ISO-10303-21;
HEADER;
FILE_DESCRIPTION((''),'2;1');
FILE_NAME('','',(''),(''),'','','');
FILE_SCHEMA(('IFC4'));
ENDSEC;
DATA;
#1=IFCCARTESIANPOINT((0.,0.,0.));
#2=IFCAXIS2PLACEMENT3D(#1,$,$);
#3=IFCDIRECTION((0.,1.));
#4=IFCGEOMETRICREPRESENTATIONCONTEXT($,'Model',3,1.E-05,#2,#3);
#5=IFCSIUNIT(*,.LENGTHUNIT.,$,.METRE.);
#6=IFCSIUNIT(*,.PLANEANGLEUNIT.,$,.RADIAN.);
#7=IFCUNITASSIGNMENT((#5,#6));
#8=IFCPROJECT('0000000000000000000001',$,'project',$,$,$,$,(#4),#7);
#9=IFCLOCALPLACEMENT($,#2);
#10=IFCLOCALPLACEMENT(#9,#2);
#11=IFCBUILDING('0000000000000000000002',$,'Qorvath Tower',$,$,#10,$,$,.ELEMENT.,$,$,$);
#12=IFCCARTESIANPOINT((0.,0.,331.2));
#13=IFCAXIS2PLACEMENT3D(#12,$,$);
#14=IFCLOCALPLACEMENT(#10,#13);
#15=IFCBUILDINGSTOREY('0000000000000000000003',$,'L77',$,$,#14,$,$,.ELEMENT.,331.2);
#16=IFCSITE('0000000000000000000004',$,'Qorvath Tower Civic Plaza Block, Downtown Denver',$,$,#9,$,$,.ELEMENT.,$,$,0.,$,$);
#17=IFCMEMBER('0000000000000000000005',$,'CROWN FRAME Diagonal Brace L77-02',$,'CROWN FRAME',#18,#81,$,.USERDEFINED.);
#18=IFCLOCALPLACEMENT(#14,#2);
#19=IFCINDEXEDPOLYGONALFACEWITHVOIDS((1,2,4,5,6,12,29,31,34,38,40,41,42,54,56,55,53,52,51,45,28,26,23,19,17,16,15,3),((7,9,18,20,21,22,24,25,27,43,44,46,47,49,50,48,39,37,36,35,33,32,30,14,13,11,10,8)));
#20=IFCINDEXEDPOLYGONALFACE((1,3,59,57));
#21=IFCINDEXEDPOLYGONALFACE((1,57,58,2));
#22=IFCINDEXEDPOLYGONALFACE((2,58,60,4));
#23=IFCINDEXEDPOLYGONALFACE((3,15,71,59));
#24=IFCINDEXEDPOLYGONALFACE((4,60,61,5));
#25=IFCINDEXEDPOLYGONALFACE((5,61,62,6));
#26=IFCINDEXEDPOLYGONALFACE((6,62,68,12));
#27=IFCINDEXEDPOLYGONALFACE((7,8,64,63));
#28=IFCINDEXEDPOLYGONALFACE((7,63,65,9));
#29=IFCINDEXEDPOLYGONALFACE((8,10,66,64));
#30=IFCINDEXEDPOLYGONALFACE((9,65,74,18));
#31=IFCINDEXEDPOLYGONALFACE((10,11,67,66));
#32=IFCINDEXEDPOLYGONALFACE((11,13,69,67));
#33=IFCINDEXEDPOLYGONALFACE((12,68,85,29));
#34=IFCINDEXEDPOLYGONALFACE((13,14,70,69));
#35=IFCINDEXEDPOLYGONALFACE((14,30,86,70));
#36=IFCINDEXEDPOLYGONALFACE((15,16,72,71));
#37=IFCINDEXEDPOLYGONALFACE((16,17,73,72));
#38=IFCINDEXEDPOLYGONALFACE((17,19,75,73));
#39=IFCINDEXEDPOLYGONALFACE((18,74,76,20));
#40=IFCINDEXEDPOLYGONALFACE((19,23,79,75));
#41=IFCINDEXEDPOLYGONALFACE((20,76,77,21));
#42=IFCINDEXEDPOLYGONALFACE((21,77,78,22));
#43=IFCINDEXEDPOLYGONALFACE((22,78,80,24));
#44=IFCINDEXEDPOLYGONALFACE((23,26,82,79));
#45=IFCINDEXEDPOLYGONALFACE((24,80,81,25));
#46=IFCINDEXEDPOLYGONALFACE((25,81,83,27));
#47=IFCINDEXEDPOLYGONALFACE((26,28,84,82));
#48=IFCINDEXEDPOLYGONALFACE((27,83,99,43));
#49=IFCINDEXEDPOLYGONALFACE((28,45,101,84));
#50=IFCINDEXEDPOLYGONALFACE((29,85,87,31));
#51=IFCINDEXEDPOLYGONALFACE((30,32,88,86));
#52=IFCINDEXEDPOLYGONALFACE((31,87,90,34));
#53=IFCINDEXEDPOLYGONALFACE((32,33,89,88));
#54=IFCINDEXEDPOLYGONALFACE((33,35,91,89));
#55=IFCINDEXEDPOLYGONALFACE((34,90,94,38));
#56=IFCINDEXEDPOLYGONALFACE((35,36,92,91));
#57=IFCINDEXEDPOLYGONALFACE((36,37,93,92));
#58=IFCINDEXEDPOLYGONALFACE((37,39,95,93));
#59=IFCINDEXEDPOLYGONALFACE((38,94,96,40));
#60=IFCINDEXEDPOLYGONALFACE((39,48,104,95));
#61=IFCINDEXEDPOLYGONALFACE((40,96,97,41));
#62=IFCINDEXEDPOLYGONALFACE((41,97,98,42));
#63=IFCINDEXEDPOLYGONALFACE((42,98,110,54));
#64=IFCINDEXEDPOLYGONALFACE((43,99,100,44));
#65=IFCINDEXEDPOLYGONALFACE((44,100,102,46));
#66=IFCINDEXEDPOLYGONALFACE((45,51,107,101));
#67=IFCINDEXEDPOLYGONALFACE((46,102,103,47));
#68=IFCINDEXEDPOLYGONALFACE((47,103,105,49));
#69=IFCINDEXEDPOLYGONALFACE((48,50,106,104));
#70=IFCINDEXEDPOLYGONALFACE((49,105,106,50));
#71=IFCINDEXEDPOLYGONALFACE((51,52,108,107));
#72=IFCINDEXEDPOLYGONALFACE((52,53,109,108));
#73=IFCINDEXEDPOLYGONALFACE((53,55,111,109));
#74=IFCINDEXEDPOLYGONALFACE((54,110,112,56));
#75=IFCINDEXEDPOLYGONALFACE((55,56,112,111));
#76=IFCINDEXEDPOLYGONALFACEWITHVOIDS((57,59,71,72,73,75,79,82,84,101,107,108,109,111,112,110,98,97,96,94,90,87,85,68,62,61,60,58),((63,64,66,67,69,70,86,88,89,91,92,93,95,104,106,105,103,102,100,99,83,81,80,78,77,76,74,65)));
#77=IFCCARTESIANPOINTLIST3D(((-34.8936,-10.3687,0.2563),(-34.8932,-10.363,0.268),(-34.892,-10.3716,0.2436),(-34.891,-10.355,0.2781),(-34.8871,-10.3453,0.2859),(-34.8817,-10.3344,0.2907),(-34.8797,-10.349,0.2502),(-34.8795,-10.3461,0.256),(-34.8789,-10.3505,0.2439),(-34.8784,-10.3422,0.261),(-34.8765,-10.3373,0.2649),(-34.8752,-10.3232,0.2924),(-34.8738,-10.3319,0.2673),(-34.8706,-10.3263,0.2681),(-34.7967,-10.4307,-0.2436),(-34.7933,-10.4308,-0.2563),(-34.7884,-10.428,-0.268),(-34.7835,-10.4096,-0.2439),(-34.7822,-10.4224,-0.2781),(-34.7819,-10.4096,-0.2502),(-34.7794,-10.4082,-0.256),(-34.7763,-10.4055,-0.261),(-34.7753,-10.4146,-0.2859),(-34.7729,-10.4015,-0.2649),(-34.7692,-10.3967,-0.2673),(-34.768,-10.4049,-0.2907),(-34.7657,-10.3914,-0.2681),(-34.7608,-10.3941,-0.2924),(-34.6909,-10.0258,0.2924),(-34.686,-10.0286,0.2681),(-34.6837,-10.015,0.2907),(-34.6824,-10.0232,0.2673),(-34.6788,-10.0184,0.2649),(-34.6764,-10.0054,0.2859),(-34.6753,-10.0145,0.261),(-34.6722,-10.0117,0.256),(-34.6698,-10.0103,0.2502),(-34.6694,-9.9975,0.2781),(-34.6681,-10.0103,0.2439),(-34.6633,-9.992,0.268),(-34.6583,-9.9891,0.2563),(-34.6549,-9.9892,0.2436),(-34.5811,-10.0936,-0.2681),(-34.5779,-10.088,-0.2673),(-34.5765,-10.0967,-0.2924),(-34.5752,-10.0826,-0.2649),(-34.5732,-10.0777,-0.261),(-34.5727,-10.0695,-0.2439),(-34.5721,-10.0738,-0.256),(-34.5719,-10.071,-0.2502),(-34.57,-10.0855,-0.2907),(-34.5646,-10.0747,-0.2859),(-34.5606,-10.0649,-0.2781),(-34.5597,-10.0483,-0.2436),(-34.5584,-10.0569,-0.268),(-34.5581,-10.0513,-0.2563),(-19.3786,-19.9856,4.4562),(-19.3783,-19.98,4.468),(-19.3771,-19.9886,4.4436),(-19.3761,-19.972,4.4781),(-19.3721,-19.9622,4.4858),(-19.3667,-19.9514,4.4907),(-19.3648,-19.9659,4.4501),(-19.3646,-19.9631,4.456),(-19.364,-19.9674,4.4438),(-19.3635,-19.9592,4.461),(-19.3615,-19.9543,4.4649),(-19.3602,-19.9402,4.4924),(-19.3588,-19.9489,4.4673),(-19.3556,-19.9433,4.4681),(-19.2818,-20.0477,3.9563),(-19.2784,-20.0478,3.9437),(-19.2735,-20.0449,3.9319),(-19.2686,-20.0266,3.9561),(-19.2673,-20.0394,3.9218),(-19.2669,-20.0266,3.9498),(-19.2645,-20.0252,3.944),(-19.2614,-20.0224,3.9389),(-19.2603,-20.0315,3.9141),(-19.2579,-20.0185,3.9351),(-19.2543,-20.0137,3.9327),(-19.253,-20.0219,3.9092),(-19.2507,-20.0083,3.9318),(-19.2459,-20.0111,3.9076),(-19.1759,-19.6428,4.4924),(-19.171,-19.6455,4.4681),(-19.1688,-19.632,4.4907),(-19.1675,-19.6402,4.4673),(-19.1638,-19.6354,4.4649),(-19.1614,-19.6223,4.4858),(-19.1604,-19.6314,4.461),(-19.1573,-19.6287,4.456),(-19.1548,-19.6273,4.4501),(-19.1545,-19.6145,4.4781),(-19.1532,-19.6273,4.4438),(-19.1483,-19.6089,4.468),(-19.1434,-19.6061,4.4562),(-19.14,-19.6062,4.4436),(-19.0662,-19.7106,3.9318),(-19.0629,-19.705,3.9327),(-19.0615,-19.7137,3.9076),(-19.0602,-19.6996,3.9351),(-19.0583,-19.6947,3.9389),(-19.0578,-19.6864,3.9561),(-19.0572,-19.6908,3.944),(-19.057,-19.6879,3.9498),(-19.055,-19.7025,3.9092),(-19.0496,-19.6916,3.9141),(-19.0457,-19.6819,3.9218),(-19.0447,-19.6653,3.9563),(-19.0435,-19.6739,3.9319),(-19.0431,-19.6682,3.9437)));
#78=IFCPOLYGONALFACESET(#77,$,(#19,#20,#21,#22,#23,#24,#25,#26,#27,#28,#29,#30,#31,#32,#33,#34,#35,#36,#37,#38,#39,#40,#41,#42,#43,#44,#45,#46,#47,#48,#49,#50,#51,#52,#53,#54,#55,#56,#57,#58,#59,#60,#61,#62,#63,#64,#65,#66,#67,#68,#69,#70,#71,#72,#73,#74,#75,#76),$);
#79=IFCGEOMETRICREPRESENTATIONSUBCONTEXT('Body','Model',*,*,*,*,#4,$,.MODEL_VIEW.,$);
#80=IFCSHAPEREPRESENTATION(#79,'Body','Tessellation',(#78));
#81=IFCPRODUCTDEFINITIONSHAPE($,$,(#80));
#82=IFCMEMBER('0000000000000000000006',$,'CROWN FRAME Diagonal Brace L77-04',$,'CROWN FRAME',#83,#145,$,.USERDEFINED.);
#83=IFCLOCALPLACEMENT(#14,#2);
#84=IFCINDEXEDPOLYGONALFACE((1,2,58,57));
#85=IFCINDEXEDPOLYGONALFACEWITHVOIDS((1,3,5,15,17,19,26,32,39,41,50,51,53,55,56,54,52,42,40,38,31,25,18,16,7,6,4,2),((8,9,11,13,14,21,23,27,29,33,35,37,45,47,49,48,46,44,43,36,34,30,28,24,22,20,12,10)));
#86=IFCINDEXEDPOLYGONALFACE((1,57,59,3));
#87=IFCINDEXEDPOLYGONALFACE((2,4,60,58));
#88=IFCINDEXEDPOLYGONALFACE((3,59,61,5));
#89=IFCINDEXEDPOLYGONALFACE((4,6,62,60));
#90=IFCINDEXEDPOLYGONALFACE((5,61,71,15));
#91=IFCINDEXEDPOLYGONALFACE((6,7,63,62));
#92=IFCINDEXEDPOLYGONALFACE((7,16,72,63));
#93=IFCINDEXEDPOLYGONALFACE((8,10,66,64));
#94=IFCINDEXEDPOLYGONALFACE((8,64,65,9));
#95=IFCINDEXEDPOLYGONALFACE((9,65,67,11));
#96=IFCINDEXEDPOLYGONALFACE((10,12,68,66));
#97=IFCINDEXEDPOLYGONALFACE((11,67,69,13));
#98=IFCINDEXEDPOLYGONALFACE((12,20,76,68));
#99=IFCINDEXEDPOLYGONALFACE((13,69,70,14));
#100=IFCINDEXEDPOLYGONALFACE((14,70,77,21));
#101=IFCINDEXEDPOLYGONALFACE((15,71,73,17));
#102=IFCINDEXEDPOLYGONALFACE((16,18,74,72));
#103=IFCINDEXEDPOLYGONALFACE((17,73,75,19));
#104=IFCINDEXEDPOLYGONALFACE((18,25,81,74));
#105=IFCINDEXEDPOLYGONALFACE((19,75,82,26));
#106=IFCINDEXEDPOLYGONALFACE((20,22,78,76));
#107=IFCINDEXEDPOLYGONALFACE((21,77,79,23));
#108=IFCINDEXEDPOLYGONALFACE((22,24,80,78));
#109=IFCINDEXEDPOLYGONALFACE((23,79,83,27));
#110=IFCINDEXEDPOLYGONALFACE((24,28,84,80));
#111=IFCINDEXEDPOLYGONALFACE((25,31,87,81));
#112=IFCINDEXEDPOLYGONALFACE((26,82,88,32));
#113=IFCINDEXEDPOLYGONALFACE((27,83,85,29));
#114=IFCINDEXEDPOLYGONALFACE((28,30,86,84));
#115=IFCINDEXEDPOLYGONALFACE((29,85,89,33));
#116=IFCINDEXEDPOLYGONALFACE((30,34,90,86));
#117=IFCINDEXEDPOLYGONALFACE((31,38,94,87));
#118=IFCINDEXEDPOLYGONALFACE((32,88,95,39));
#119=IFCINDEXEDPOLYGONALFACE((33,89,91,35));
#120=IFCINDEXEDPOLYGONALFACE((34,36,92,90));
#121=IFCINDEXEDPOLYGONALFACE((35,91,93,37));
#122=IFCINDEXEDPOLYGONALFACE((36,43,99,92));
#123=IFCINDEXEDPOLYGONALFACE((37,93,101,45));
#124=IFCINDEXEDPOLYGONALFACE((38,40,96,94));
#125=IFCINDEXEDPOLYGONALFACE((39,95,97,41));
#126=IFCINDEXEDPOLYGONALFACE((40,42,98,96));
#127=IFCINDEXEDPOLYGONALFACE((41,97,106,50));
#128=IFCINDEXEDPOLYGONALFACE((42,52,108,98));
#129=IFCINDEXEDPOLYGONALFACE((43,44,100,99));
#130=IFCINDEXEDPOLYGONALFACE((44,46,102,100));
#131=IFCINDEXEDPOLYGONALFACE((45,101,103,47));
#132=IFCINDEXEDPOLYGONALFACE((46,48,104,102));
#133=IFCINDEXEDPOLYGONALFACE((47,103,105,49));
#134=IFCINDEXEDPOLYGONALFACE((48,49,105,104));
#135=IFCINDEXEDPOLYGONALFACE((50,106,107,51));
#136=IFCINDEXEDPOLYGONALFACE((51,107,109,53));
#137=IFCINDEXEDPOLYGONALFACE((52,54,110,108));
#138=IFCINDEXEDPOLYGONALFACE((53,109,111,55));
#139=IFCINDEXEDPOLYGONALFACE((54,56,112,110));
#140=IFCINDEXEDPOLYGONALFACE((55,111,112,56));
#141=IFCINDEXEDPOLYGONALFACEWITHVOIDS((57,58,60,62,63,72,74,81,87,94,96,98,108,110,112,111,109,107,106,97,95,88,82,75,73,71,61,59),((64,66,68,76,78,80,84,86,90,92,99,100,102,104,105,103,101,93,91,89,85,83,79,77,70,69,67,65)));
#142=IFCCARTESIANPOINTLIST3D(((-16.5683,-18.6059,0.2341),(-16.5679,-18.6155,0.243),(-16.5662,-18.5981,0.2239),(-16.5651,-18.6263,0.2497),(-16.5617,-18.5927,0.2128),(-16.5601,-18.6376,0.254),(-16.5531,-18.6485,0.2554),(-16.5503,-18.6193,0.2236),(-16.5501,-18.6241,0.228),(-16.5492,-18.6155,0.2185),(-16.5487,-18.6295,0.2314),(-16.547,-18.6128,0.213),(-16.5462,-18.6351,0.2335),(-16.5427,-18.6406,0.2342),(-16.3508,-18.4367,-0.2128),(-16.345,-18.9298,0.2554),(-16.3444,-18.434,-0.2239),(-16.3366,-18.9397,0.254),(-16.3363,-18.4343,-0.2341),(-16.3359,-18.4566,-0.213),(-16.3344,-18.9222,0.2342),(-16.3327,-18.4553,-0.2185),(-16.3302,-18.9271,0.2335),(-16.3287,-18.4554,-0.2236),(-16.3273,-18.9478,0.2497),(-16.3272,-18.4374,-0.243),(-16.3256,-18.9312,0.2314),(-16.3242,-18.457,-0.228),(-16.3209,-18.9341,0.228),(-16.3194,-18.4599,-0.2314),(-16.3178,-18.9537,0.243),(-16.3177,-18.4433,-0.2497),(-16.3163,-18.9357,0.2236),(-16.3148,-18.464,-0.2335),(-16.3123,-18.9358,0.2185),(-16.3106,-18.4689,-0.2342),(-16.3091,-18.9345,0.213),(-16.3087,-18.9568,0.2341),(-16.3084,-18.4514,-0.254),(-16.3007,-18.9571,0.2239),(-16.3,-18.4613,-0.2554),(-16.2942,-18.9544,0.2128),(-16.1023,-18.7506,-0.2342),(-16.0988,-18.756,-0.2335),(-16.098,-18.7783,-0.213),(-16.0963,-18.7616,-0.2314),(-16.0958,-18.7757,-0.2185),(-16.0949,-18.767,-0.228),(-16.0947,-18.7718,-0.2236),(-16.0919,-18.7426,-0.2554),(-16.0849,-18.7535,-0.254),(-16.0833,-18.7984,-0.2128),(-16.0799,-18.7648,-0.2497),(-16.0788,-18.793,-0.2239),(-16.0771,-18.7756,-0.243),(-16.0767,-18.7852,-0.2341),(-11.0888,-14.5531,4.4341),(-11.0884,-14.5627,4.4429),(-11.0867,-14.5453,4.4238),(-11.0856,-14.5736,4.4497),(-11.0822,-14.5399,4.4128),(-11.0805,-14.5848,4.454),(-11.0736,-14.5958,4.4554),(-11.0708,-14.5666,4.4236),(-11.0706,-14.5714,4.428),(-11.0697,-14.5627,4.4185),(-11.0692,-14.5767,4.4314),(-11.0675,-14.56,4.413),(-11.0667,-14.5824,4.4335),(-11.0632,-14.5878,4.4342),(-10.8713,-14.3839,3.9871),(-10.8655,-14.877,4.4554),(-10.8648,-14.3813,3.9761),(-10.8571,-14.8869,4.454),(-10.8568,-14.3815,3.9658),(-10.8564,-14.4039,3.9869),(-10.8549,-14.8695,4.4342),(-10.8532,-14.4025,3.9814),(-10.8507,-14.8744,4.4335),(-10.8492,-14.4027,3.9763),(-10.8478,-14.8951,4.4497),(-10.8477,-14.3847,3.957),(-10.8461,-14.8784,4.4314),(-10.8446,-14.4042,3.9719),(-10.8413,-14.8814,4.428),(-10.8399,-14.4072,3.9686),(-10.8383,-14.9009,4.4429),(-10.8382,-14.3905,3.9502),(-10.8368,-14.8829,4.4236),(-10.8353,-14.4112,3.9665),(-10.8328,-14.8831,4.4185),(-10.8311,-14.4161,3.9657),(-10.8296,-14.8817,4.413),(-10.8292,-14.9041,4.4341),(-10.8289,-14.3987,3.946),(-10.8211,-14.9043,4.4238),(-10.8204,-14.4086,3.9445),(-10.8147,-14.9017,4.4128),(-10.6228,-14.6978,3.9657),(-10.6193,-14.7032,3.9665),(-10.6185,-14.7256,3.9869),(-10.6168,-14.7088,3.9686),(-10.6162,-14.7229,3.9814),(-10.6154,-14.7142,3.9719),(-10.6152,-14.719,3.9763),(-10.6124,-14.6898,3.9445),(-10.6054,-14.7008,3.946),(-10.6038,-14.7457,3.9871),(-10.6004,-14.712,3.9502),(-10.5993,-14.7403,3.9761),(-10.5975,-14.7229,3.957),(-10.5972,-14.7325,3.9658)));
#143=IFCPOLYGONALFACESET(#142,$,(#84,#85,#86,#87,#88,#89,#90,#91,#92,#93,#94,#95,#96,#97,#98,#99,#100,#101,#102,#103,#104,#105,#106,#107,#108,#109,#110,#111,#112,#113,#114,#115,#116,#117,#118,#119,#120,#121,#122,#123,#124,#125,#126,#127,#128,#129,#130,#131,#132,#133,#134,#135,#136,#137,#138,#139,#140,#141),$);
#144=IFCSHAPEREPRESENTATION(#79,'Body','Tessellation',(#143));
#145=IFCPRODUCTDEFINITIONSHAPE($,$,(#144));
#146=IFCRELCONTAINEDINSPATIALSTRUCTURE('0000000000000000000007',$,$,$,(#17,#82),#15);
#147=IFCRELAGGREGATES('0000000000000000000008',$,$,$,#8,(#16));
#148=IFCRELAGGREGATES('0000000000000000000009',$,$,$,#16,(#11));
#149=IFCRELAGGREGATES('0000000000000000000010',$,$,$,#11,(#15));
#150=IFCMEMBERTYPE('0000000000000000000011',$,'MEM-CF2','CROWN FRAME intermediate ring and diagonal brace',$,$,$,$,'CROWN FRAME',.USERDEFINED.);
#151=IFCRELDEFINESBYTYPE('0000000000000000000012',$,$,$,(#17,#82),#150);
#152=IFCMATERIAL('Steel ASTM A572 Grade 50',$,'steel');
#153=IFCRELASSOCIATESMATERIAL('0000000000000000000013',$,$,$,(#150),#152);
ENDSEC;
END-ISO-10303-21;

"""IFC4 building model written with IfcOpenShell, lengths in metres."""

from ifc_helpers import new_model, si_unit, direction, frame, origin, origin_2d, place, context, subcontext, project, spatial, hollow_rectangle, extrude, material, material_profile, profile_set, type_object, element, save


model = new_model("IFC4")

# Units and contexts
model_context = context("Model", 3, precision=1e-05, world=origin(), true_north=direction((0.0, 1.0)))
body_context = subcontext(model_context, "Body", "Model", "MODEL_VIEW")
ifc_project = project(units=[si_unit("LENGTHUNIT", "METRE"), si_unit("PLANEANGLEUNIT", "RADIAN")], contexts=[model_context])

# Site, building, storey
site_placement = place(None, origin())
site = spatial("IfcSite", under=ifc_project, at=site_placement, Name="Qorvath Tower Civic Plaza Block, Downtown Denver", CompositionType="ELEMENT", RefElevation=0.0)
building_placement = place(site_placement, origin())
building = spatial("IfcBuilding", under=site, at=building_placement, Name="Qorvath Tower", CompositionType="ELEMENT")
storey_placement = place(building_placement, frame((0.0, 0.0, 331.2)))
storey = spatial("IfcBuildingStorey", under=building, at=storey_placement, Name="L77", CompositionType="ELEMENT", Elevation=331.2)

# Members
ifc_material_1 = material(Name="Steel ASTM A572 Grade 50", Category="steel")
ifc_material_profile_1 = material_profile(ifc_material_1, hollow_rectangle(XDim=0.45, YDim=0.6001, WallThickness=0.0249, InnerFilletRadius=0.0249, OuterFilletRadius=0.05, at=origin_2d()), Name="CROWN BOX 600x450x25")
ifc_profile_set_1 = profile_set([ifc_material_profile_1], Name="Steel ASTM A572 Grade 50")
member_type_1 = type_object("IfcMemberType", Name="MEM-CF2", Description="CROWN FRAME intermediate ring and diagonal brace", ElementType="CROWN FRAME", PredefinedType="USERDEFINED", material=ifc_profile_set_1)
member_1_placement = place(storey_placement, frame((-34.7258, -10.21, 0.0), z_axis=(0.828316, -0.513434, 0.224229), x_axis=(0.526849, 0.849959, 0.0)))
element("IfcMember", 1, at=member_1_placement, inside=storey, type_object=member_type_1, Name="CROWN FRAME Diagonal Brace L77-02", ObjectType="CROWN FRAME", PredefinedType="USERDEFINED", context=body_context, shape_type="SweptSolid", body=[
    extrude(hollow_rectangle(XDim=0.45, YDim=0.6001, WallThickness=0.0249, InnerFilletRadius=0.0249, OuterFilletRadius=0.05, at=origin_2d()), origin(), (0.0, 0.0, 1.0), 18.7307),
])
member_2_placement = place(storey_placement, frame((-16.3225, -18.6956, 0.0), z_axis=(0.68446, 0.50624, 0.524629), x_axis=(-0.594645, 0.803988, 0.0)))
element("IfcMember", 2, at=member_2_placement, inside=storey, type_object=member_type_1, Name="CROWN FRAME Diagonal Brace L77-04", ObjectType="CROWN FRAME", PredefinedType="USERDEFINED", context=body_context, shape_type="SweptSolid", body=[
    extrude(hollow_rectangle(XDim=0.45, YDim=0.6001, WallThickness=0.0249, InnerFilletRadius=0.0249, OuterFilletRadius=0.05, at=origin_2d()), origin(), (0.0, 0.0, 1.0), 8.0056),
])

save(model, "model.ifc")
